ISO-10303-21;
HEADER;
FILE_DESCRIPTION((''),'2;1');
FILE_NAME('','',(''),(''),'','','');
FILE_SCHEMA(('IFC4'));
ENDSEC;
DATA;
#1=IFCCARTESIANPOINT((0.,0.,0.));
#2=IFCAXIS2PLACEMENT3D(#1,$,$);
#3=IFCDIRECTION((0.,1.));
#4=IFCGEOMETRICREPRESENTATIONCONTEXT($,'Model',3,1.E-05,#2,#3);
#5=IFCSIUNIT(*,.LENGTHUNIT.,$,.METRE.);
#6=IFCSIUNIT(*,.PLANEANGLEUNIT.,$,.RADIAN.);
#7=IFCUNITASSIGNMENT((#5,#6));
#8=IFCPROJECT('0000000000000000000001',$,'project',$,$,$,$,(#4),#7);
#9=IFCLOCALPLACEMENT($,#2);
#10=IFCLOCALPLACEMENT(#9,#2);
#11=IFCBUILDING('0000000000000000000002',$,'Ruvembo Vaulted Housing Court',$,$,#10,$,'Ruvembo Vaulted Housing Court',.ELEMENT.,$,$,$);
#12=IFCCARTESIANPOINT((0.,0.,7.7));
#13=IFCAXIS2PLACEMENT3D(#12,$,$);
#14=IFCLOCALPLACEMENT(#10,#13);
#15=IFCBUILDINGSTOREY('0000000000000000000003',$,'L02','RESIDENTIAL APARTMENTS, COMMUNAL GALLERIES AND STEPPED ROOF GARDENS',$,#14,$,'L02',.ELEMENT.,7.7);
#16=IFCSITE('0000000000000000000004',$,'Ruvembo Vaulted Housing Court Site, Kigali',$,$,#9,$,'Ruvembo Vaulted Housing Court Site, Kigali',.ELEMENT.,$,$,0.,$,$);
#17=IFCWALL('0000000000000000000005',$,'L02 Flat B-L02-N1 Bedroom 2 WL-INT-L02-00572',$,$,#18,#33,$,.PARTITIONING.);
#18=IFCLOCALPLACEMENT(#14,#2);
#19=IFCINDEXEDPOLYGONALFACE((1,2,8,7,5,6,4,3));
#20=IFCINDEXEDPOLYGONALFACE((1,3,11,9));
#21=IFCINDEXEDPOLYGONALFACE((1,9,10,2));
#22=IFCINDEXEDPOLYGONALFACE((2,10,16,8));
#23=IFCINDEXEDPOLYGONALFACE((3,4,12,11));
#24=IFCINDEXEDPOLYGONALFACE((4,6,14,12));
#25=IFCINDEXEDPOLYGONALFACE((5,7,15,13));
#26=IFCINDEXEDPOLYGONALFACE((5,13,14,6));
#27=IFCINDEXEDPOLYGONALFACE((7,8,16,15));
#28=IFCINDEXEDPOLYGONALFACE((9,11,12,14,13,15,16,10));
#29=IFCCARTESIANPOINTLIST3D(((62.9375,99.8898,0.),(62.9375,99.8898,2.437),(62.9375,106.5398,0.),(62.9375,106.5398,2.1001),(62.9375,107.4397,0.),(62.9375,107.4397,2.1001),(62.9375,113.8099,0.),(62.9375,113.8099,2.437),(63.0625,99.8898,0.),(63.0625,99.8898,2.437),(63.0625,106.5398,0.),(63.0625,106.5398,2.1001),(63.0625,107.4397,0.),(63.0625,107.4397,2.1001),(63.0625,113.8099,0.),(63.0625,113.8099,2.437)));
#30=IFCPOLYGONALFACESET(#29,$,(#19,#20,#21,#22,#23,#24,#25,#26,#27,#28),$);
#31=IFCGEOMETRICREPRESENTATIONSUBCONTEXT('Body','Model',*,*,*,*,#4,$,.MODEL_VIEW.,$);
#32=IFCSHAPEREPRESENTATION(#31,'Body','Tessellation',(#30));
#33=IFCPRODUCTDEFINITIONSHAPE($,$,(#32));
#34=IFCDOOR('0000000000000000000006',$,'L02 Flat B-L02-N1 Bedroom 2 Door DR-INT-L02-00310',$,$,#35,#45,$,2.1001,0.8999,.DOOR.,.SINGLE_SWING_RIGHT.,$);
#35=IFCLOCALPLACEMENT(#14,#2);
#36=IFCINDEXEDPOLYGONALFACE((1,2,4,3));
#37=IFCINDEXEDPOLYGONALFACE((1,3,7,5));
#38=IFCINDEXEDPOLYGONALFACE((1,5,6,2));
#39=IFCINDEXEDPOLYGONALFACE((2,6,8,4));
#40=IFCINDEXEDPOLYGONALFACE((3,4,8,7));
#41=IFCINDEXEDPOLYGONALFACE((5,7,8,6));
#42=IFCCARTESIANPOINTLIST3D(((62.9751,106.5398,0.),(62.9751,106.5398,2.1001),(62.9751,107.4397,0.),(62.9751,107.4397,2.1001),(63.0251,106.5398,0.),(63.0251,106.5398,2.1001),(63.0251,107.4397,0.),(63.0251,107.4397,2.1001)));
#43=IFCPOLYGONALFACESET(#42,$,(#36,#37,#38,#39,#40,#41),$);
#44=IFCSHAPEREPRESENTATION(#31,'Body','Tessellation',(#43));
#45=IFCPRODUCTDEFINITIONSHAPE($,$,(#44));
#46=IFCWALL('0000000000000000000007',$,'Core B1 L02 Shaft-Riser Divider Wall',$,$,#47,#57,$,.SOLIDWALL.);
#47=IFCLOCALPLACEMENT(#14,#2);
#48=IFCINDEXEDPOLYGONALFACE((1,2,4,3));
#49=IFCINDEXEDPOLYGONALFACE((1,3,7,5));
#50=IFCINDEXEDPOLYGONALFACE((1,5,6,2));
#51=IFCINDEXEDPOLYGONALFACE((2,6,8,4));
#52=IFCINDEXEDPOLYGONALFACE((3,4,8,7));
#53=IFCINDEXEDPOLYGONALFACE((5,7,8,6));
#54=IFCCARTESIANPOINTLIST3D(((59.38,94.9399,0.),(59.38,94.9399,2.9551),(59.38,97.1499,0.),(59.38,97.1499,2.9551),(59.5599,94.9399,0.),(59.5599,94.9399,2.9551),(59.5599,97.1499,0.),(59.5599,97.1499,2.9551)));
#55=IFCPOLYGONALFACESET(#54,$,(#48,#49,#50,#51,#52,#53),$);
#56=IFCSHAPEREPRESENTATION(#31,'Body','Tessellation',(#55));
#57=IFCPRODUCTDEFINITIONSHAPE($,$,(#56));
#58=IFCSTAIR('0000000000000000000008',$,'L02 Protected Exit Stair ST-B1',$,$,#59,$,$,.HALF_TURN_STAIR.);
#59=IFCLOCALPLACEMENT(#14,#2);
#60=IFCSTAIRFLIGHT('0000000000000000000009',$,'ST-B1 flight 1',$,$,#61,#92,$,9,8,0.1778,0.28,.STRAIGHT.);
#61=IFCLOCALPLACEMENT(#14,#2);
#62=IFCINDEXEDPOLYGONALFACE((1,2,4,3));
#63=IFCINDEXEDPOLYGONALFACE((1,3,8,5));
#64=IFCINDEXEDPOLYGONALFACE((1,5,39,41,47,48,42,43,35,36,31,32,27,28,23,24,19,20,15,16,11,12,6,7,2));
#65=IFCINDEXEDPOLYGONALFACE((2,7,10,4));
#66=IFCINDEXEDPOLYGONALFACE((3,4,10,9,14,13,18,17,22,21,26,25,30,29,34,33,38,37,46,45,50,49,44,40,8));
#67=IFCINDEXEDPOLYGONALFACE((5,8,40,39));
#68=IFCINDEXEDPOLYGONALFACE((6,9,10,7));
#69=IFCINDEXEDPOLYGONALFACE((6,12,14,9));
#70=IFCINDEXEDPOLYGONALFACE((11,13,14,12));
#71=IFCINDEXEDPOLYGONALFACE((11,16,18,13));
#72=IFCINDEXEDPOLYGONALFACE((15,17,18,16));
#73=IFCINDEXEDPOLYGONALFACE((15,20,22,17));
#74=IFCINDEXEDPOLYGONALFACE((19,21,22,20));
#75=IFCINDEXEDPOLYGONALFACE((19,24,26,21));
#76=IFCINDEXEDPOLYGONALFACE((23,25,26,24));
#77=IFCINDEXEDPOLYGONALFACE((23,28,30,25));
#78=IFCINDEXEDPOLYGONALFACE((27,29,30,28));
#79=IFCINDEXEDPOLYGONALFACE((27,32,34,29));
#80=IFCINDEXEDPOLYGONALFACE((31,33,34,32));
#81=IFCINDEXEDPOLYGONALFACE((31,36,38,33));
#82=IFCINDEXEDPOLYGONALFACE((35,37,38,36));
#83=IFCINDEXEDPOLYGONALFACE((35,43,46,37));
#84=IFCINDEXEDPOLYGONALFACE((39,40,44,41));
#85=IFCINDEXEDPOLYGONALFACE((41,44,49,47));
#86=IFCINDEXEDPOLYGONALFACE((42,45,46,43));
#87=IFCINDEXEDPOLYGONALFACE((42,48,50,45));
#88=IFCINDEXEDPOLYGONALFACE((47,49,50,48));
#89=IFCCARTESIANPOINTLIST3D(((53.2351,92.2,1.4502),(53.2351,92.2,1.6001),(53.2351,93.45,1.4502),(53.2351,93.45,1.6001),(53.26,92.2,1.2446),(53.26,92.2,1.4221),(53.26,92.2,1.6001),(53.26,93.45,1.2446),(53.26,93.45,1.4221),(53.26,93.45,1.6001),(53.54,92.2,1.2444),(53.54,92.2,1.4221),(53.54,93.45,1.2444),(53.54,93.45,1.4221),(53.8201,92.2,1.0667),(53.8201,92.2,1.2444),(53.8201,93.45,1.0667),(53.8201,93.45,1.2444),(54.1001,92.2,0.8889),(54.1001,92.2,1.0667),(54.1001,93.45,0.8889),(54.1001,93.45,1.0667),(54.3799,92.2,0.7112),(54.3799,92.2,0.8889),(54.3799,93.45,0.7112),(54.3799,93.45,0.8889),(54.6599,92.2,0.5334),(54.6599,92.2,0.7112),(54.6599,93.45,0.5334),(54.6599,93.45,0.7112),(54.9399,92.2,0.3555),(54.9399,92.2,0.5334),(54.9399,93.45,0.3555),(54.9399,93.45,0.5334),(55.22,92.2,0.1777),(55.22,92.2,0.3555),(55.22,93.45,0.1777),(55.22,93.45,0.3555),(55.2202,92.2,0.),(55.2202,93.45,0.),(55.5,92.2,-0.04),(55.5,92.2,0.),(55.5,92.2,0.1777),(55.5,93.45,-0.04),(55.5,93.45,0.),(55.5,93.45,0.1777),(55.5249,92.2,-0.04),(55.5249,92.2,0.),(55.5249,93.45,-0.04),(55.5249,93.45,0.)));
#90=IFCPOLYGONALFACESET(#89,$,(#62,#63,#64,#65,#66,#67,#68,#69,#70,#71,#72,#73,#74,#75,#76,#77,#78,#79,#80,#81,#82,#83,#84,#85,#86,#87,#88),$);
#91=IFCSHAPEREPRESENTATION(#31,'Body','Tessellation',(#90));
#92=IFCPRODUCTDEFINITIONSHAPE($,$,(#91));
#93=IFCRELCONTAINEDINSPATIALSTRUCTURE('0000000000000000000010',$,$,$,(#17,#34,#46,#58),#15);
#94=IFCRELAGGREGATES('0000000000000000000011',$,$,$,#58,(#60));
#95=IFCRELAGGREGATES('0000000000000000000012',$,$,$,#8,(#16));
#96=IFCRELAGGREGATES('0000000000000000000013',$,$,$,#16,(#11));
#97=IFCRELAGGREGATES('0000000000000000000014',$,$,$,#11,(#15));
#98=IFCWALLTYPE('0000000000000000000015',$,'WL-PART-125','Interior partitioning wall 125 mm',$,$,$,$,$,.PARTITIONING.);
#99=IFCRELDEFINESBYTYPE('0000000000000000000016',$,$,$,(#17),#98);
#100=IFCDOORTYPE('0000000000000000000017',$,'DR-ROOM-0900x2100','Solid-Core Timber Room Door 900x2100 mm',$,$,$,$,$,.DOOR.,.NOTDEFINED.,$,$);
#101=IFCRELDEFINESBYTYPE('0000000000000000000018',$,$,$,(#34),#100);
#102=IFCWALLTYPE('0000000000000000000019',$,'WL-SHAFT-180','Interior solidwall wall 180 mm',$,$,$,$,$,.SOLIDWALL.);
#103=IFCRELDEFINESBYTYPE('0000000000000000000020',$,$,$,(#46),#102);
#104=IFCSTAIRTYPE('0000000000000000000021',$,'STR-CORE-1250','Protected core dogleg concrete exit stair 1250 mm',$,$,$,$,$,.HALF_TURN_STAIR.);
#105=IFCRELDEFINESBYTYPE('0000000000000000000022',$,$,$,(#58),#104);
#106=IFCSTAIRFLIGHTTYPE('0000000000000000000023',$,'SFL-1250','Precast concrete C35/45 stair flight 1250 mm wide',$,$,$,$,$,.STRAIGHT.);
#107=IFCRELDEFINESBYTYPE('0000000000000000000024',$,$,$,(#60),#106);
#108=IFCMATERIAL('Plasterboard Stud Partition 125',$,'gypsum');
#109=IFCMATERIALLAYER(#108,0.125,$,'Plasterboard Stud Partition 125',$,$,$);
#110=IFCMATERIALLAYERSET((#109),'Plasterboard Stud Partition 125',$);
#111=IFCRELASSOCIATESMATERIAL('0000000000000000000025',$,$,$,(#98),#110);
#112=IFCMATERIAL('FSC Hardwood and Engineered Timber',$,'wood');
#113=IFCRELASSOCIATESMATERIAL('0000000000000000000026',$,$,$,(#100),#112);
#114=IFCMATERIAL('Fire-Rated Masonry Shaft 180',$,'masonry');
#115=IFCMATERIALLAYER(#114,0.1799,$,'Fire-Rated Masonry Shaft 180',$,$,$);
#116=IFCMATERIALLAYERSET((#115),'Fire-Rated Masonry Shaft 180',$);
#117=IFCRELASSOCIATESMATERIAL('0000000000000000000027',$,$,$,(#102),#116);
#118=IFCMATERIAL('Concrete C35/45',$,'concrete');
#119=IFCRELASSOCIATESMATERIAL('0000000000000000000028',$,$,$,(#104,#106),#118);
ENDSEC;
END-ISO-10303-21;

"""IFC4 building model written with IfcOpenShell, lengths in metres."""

from ifc_helpers import new_model, si_unit, direction, frame, frame_2d, origin, place, context, subcontext, project, spatial, polyline, rectangle, outline, extrude, material, layer, layer_set, type_object, element, fill, aggregate, save


model = new_model("IFC4")

# Units and contexts
model_context = context("Model", 3, precision=1e-05, world=origin(), true_north=direction((0.0, 1.0)))
body_context = subcontext(model_context, "Body", "Model", "MODEL_VIEW")
ifc_project = project(units=[si_unit("LENGTHUNIT", "METRE"), si_unit("PLANEANGLEUNIT", "RADIAN")], contexts=[model_context])

# Site, building, storey
site_placement = place(None, origin())
site = spatial("IfcSite", under=ifc_project, at=site_placement, Name="Ruvembo Vaulted Housing Court Site, Kigali", LongName="Ruvembo Vaulted Housing Court Site, Kigali", CompositionType="ELEMENT", RefElevation=0.0)
building_placement = place(site_placement, origin())
building = spatial("IfcBuilding", under=site, at=building_placement, Name="Ruvembo Vaulted Housing Court", LongName="Ruvembo Vaulted Housing Court", CompositionType="ELEMENT")
storey_placement = place(building_placement, frame((0.0, 0.0, 7.7)))
storey = spatial("IfcBuildingStorey", under=building, at=storey_placement, Name="L02", Description="RESIDENTIAL APARTMENTS, COMMUNAL GALLERIES AND STEPPED ROOF GARDENS", LongName="L02", CompositionType="ELEMENT", Elevation=7.7)

# Shared definitions
ifc_material_1 = material(Name="Concrete C35/45", Category="concrete")

# Wall, opening, door
ifc_material_2 = material(Name="Plasterboard Stud Partition 125", Category="gypsum")
ifc_layer_1 = layer(ifc_material_2, 0.125, Name="Plasterboard Stud Partition 125")
ifc_layer_set_1 = layer_set([ifc_layer_1], Name="Plasterboard Stud Partition 125")
wall_type_1 = type_object("IfcWallType", Name="WL-PART-125", Description="Interior partitioning wall 125 mm", PredefinedType="PARTITIONING", material=ifc_layer_set_1)
wall_1_placement = place(storey_placement, frame((63.0, 99.8899, 0.0), z_axis=(0.0, 0.0, 1.0), x_axis=(0.0, 1.0, 0.0)))
wall_1 = element("IfcWall", 1, at=wall_1_placement, inside=storey, type_object=wall_type_1, Name="L02 Flat B-L02-N1 Bedroom 2 WL-INT-L02-00572", PredefinedType="PARTITIONING", context=body_context, shape_type="SweptSolid", body=[
    extrude(rectangle(XDim=13.9202, YDim=0.125, at=frame_2d((6.96, 0.0))), origin(), (0.0, 0.0, 1.0), 2.437),
])
opening_1_placement = place(wall_1_placement, frame((6.6499, 0.0, 0.0)))
opening_1 = element("IfcOpeningElement", 2, at=opening_1_placement, cuts=wall_1, PredefinedType="OPENING", context=body_context, shape_type="SweptSolid", body=[
    extrude(rectangle(XDim=0.8999, YDim=2.1001, at=frame_2d((0.45, 1.05))), frame((0.0, 0.0725, 0.0), z_axis=(0.0, -1.0, 0.0), x_axis=(1.0, 0.0, 0.0)), (0.0, 0.0, 1.0), 0.145),
])
ifc_material_3 = material(Name="FSC Hardwood and Engineered Timber", Category="wood")
door_type_1 = type_object("IfcDoorType", Name="DR-ROOM-0900x2100", Description="Solid-Core Timber Room Door 900x2100 mm", OperationType="NOTDEFINED", PredefinedType="DOOR", material=ifc_material_3)
door_1_placement = place(opening_1_placement, origin())
door_1 = element("IfcDoor", 3, at=door_1_placement, inside=storey, type_object=door_type_1, Name="L02 Flat B-L02-N1 Bedroom 2 Door DR-INT-L02-00310", OperationType="SINGLE_SWING_RIGHT", OverallHeight=2.1001, OverallWidth=0.8999, PredefinedType="DOOR", context=body_context, shape_type="SweptSolid", body=[
    extrude(rectangle(XDim=0.8999, YDim=2.1001, at=frame_2d((0.45, 1.05))), frame((0.0, 0.0249, 0.0), z_axis=(0.0, -1.0, 0.0), x_axis=(1.0, 0.0, 0.0)), (0.0, 0.0, 1.0), 0.05),
])
fill(opening_1, door_1)

# Shared definitions
ifc_material_4 = material(Name="Fire-Rated Masonry Shaft 180", Category="masonry")
ifc_layer_2 = layer(ifc_material_4, 0.1799, Name="Fire-Rated Masonry Shaft 180")
ifc_layer_set_2 = layer_set([ifc_layer_2], Name="Fire-Rated Masonry Shaft 180")
wall_type_2 = type_object("IfcWallType", Name="WL-SHAFT-180", Description="Interior solidwall wall 180 mm", PredefinedType="SOLIDWALL", material=ifc_layer_set_2)

# Wall
wall_2_placement = place(storey_placement, frame((59.47, 94.9399, 0.0), z_axis=(0.0, 0.0, 1.0), x_axis=(0.0, 1.0, 0.0)))
element("IfcWall", 4, at=wall_2_placement, inside=storey, type_object=wall_type_2, Name="Core B1 L02 Shaft-Riser Divider Wall", PredefinedType="SOLIDWALL", context=body_context, shape_type="SweptSolid", body=[
    extrude(rectangle(XDim=2.21, YDim=0.1799, at=frame_2d((1.105, 0.0))), origin(), (0.0, 0.0, 1.0), 2.9551),
])

# Stair, stair flight
stair_type = type_object("IfcStairType", Name="STR-CORE-1250", Description="Protected core dogleg concrete exit stair 1250 mm", PredefinedType="HALF_TURN_STAIR", material=ifc_material_1)
stair_placement = place(storey_placement, origin())
stair = element("IfcStair", 5, at=stair_placement, inside=storey, type_object=stair_type, Name="L02 Protected Exit Stair ST-B1", PredefinedType="HALF_TURN_STAIR")
stair_flight_type = type_object("IfcStairFlightType", Name="SFL-1250", Description="Precast concrete C35/45 stair flight 1250 mm wide", PredefinedType="STRAIGHT", material=ifc_material_1)
stair_flight_placement = place(storey_placement, frame((55.5, 92.825, 0.0), z_axis=(0.0, 0.0, 1.0), x_axis=(-1.0, 0.0, 0.0)))
stair_flight = element("IfcStairFlight", 6, at=stair_flight_placement, type_object=stair_flight_type, Name="ST-B1 flight 1", NumberOfRisers=9, NumberOfTreads=8, PredefinedType="STRAIGHT", RiserHeight=0.1778, TreadLength=0.28, context=body_context, shape_type="SweptSolid", body=[
    extrude(outline(polyline([(-0.0249, -0.04), (-0.0249, 0.0), (0.0, 0.0), (0.0, 0.1777), (0.28, 0.1777), (0.28, 0.3555), (0.5601, 0.3555), (0.5601, 0.5334), (0.8401, 0.5334), (0.8401, 0.7112), (1.1201, 0.7112), (1.1201, 0.8889), (1.3999, 0.8889), (1.3999, 1.0667), (1.6799, 1.0667), (1.6799, 1.2444), (1.96, 1.2444), (1.96, 1.4221), (2.24, 1.4221), (2.24, 1.6001), (2.2649, 1.6001), (2.2649, 1.4502), (2.24, 1.2446), (0.2798, 0.0), (0.0, -0.04), (-0.0249, -0.04)])), frame((0.0, 0.625, 0.0), z_axis=(0.0, -1.0, 0.0), x_axis=(1.0, 0.0, 0.0)), (0.0, 0.0, 1.0), 1.25),
])
aggregate(stair, [stair_flight])

save(model, "model.ifc")
